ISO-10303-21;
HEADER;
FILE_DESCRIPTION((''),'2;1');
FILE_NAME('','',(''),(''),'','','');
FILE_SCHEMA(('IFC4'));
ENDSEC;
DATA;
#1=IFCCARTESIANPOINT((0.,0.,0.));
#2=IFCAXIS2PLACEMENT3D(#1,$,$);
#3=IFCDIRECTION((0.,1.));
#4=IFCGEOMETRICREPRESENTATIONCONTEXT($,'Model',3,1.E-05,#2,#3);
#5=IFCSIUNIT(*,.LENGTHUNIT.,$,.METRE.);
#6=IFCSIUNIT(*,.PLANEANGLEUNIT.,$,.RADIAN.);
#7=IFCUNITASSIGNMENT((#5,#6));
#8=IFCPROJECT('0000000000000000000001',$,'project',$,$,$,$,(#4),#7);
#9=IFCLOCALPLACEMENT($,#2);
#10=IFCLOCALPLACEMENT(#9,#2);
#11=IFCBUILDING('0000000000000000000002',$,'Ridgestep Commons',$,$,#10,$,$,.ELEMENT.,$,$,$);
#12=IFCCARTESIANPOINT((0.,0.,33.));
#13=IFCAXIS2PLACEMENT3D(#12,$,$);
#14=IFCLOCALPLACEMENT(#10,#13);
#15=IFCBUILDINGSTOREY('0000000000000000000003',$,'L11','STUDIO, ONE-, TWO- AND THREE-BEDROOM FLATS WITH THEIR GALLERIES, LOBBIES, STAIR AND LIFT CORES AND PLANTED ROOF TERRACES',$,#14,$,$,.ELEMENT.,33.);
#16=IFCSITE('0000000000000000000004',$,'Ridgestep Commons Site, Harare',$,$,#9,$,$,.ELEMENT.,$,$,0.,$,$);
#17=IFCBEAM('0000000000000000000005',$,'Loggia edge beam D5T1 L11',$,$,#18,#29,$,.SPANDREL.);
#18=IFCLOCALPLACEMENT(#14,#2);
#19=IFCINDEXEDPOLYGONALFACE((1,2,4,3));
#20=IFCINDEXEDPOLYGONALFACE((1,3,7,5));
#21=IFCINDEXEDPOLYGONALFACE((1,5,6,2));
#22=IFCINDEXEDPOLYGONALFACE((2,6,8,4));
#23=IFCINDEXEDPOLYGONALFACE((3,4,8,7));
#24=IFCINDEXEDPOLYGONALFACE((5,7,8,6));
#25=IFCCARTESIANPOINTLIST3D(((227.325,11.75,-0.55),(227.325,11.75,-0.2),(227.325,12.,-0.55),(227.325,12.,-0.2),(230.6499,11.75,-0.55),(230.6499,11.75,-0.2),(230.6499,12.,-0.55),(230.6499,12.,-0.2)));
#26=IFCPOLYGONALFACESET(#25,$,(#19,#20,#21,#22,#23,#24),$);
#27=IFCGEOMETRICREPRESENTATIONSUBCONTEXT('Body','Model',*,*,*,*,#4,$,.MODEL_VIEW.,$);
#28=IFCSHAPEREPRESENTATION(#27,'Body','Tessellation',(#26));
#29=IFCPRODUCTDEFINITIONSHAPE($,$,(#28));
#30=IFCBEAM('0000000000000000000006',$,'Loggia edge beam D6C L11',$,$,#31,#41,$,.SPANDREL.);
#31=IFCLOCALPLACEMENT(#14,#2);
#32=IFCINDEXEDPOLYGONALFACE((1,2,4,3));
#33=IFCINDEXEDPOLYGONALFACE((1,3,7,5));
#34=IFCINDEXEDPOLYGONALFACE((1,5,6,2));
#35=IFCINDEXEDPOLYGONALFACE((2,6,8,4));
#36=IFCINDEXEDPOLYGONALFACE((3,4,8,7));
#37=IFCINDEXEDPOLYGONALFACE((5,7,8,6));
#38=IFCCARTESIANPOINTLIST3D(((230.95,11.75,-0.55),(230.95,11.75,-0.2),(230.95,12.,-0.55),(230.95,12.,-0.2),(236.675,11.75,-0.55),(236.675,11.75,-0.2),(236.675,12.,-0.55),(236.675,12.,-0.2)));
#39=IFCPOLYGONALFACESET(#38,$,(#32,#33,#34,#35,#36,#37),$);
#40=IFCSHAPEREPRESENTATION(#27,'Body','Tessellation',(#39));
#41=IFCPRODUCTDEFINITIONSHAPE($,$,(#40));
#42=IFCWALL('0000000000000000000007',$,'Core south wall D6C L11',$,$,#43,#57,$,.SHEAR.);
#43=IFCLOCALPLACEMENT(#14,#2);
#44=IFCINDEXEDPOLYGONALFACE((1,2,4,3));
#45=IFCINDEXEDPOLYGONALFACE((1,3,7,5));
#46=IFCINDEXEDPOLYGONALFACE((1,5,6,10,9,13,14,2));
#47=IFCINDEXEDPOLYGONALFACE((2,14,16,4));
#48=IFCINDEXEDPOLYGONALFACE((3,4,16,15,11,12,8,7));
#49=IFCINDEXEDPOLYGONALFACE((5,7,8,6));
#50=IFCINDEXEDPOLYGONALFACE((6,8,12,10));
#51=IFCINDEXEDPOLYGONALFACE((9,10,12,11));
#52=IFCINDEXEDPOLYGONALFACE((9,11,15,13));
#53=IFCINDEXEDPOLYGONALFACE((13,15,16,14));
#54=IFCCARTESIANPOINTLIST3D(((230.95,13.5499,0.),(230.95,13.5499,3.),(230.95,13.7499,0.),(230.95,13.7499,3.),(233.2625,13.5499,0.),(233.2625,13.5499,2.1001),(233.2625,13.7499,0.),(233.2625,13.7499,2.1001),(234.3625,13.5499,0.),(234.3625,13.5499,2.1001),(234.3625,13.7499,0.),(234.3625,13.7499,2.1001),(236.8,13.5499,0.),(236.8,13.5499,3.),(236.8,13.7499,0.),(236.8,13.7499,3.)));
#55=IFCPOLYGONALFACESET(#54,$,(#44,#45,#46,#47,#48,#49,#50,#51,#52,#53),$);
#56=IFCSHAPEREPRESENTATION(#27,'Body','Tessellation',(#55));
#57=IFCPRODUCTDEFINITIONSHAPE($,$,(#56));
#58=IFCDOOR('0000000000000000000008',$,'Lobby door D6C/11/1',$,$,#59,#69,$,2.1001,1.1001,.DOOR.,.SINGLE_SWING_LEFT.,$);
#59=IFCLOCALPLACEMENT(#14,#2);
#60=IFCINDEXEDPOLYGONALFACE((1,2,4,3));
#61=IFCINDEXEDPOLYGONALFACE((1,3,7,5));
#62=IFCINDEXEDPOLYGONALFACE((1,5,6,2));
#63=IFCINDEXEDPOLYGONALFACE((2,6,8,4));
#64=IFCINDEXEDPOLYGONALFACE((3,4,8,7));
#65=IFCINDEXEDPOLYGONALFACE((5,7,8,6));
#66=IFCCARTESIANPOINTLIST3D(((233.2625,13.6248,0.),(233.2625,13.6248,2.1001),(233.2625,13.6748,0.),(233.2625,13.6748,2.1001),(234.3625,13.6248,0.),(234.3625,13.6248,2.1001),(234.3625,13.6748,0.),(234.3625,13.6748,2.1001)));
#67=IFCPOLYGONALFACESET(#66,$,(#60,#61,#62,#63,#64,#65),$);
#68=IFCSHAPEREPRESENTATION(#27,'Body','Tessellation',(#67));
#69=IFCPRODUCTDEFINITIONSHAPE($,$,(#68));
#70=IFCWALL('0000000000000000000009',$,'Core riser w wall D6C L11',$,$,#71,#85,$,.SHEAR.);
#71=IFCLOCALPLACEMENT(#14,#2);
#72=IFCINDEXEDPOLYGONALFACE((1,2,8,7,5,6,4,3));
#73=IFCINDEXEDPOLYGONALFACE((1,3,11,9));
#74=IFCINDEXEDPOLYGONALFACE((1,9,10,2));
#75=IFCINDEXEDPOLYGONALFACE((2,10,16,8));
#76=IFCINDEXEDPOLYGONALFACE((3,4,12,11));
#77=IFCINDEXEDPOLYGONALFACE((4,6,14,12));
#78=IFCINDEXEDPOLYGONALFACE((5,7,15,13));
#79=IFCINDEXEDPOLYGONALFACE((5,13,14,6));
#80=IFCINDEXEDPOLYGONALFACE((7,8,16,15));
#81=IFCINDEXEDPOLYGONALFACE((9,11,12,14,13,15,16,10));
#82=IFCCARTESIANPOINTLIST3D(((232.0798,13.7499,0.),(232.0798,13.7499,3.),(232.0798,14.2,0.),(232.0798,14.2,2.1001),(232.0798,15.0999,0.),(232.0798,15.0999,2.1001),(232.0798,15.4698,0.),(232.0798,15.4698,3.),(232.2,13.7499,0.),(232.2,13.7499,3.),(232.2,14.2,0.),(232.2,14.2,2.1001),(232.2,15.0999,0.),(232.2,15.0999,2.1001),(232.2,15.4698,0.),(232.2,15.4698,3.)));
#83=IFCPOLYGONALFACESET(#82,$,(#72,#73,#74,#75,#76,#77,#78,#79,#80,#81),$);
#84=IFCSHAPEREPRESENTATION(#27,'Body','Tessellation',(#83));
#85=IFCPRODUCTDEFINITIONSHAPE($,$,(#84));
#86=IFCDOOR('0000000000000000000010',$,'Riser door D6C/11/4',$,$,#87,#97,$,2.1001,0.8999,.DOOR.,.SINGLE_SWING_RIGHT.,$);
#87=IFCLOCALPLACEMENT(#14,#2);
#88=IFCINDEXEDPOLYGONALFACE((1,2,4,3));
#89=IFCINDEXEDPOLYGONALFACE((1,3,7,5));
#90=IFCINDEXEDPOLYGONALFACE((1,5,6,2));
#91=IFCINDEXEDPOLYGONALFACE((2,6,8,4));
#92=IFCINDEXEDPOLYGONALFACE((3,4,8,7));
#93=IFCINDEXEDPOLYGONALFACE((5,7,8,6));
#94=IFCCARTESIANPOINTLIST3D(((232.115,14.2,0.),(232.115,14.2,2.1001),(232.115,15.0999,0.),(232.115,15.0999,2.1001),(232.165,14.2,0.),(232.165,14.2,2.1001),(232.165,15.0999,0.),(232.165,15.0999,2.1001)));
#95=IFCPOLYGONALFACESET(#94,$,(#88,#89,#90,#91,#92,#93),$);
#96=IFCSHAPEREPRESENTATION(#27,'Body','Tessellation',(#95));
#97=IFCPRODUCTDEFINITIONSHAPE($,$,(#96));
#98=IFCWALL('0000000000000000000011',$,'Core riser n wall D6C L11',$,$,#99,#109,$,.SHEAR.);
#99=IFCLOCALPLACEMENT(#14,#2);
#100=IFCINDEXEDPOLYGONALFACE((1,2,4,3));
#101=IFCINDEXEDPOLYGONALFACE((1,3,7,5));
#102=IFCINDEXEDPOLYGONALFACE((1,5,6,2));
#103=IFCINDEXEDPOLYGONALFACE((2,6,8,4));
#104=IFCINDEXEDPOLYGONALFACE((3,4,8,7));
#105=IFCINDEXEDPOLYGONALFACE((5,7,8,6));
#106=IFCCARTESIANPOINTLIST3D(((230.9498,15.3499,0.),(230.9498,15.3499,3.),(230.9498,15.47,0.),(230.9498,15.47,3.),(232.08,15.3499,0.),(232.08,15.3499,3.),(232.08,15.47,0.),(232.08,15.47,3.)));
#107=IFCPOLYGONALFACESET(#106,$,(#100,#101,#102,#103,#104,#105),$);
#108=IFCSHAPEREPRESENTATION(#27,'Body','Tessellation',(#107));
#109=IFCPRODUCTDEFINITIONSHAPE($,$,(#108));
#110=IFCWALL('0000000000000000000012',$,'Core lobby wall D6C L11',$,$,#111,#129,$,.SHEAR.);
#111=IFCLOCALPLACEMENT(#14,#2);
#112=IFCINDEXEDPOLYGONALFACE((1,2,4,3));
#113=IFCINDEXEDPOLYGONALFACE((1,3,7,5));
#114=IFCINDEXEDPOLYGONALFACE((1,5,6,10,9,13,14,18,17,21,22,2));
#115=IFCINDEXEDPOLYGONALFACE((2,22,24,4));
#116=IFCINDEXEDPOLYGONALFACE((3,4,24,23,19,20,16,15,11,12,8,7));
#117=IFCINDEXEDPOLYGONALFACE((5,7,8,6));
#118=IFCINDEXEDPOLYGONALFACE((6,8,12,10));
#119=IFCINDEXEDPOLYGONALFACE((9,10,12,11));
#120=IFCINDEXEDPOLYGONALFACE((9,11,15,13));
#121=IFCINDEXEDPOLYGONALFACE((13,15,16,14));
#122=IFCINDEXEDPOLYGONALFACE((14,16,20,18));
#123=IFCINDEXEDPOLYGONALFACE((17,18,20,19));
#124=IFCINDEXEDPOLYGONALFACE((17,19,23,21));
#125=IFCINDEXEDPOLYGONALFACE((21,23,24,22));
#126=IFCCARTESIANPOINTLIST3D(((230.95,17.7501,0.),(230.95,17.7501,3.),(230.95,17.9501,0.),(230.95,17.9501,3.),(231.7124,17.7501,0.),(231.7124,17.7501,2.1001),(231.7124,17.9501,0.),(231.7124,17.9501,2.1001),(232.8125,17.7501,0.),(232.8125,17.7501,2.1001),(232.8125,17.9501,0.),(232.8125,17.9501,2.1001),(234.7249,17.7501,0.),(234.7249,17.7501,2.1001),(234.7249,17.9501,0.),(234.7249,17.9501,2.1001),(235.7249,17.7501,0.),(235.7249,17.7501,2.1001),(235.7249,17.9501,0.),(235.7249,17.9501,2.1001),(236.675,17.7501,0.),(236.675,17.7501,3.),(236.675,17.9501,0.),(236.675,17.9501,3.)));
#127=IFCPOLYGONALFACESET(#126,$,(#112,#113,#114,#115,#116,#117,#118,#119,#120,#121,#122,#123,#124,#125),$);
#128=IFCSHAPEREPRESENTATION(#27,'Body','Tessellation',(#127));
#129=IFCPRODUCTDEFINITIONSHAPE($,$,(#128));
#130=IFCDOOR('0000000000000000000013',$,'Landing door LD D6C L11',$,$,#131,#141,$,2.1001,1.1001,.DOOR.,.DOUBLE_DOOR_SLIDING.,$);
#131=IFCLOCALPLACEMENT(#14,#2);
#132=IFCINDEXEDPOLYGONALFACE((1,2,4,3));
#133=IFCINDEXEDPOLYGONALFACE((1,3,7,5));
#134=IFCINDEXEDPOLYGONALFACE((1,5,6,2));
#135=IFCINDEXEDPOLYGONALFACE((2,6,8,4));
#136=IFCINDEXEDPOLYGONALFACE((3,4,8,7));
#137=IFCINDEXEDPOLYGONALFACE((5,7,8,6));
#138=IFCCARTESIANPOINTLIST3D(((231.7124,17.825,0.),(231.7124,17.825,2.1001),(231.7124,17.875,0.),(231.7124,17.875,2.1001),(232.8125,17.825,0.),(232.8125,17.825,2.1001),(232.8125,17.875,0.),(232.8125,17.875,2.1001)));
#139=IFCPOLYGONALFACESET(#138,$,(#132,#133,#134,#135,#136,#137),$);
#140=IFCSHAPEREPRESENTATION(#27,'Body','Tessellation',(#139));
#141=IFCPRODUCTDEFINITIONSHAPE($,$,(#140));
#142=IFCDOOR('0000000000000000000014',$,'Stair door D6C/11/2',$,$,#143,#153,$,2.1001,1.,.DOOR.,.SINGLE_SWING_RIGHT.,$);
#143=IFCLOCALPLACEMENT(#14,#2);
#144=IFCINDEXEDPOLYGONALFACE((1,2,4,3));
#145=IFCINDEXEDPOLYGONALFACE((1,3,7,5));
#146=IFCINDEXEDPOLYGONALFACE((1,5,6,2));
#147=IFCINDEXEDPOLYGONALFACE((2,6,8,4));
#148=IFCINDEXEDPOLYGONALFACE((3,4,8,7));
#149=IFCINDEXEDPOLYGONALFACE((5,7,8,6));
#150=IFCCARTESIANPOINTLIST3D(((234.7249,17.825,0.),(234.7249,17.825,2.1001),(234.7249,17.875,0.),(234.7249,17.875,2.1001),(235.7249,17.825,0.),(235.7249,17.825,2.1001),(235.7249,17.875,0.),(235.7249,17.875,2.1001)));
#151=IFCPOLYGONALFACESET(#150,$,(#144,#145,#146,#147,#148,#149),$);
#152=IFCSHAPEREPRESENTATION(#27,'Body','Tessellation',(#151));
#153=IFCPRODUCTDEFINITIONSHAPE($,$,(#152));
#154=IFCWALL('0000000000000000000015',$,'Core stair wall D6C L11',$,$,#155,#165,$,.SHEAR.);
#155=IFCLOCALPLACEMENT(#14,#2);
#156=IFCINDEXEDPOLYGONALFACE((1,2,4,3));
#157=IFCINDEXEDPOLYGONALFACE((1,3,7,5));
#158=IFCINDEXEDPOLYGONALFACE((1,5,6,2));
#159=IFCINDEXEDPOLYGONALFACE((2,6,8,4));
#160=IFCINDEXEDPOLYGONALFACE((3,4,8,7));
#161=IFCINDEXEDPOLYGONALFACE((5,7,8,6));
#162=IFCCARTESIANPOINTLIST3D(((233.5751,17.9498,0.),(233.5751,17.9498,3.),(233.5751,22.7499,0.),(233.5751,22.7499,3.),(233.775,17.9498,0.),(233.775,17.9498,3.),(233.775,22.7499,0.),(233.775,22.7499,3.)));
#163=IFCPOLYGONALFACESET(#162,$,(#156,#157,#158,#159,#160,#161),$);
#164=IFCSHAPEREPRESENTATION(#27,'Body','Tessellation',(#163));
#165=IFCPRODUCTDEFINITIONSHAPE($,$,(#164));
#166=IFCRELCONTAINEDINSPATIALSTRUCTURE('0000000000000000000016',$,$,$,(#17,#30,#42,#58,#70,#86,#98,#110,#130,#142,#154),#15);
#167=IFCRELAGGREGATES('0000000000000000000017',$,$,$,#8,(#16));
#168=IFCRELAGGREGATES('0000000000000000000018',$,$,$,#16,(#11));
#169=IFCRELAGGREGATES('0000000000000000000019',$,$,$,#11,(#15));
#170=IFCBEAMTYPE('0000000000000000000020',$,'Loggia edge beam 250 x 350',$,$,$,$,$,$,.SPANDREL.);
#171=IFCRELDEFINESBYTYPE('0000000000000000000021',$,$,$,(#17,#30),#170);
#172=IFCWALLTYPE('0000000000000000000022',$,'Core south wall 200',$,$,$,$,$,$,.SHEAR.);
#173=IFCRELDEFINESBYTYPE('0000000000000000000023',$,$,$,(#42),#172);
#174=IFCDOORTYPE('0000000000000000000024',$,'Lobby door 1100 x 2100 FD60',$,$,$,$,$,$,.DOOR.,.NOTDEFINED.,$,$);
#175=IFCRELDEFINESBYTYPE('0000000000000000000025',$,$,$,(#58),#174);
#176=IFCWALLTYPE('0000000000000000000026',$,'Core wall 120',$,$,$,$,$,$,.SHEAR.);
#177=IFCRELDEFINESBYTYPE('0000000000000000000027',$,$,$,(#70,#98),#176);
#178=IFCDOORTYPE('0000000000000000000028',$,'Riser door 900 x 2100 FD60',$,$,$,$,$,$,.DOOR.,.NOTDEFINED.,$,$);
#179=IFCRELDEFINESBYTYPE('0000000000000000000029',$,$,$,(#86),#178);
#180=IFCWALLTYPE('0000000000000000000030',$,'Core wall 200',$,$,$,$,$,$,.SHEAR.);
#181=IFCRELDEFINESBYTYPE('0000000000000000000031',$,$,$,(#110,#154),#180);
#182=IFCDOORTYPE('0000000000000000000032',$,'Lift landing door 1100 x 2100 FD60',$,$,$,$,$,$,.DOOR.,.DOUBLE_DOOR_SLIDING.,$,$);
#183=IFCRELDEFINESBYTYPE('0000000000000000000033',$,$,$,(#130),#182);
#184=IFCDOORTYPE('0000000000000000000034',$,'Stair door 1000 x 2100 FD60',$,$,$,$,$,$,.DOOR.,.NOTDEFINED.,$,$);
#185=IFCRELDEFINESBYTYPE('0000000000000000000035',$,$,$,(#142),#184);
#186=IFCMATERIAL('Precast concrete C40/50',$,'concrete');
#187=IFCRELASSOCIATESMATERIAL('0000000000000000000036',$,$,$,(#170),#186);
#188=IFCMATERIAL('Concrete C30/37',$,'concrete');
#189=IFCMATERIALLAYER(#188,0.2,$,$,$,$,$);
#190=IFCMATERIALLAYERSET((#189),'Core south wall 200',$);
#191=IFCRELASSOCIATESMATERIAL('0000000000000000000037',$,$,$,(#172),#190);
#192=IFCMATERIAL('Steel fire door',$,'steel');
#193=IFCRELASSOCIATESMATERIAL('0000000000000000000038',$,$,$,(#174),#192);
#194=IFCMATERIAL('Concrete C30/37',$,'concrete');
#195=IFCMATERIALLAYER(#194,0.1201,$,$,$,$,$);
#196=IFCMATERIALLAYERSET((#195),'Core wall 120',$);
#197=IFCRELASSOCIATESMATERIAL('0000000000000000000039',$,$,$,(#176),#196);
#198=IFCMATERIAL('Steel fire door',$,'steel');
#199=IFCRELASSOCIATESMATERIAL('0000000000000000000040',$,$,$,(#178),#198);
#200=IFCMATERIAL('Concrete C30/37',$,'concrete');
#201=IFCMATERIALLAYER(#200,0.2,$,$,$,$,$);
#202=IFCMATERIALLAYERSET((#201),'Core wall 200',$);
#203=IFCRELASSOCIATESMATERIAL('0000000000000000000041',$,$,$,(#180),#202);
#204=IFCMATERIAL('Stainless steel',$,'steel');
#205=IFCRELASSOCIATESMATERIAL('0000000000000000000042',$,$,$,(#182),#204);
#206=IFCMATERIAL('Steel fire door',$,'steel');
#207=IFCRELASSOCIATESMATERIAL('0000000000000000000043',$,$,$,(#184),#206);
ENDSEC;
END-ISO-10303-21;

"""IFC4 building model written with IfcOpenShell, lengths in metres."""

from ifc_helpers import new_model, si_unit, direction, frame, frame_2d, origin, origin_2d, place, context, subcontext, project, spatial, rectangle, extrude, material, layer, layer_set, material_profile, profile_set, type_object, element, fill, save


model = new_model("IFC4")

# Units and contexts
model_context = context("Model", 3, precision=1e-05, world=origin(), true_north=direction((0.0, 1.0)))
body_context = subcontext(model_context, "Body", "Model", "MODEL_VIEW")
ifc_project = project(units=[si_unit("LENGTHUNIT", "METRE"), si_unit("PLANEANGLEUNIT", "RADIAN")], contexts=[model_context])

# Site, building, storey
site_placement = place(None, origin())
site = spatial("IfcSite", under=ifc_project, at=site_placement, Name="Ridgestep Commons Site, Harare", CompositionType="ELEMENT", RefElevation=0.0)
building_placement = place(site_placement, origin())
building = spatial("IfcBuilding", under=site, at=building_placement, Name="Ridgestep Commons", CompositionType="ELEMENT")
storey_placement = place(building_placement, frame((0.0, 0.0, 33.0)))
storey = spatial("IfcBuildingStorey", under=building, at=storey_placement, Name="L11", Description="STUDIO, ONE-, TWO- AND THREE-BEDROOM FLATS WITH THEIR GALLERIES, LOBBIES, STAIR AND LIFT CORES AND PLANTED ROOF TERRACES", CompositionType="ELEMENT", Elevation=33.0)

# Beams
ifc_material_1 = material(Name="Precast concrete C40/50", Category="concrete")
ifc_material_profile = material_profile(ifc_material_1, rectangle(XDim=0.25, YDim=0.3501, at=origin_2d()), Name="PC 250x350")
ifc_profile_set = profile_set([ifc_material_profile], Name="Precast concrete C40/50")
beam_type = type_object("IfcBeamType", Name="Loggia edge beam 250 x 350", PredefinedType="SPANDREL", material=ifc_profile_set)
beam_1_placement = place(storey_placement, frame((227.325, 11.875, -0.375), z_axis=(1.0, 0.0, 0.0), x_axis=(0.0, 1.0, 0.0)))
element("IfcBeam", 1, at=beam_1_placement, inside=storey, type_object=beam_type, Name="Loggia edge beam D5T1 L11", PredefinedType="SPANDREL", context=body_context, shape_type="SweptSolid", body=[
    extrude(rectangle(XDim=0.25, YDim=0.3501, at=origin_2d()), origin(), (0.0, 0.0, 1.0), 3.325),
])
beam_2_placement = place(storey_placement, frame((230.95, 11.875, -0.375), z_axis=(1.0, 0.0, 0.0), x_axis=(0.0, 1.0, 0.0)))
element("IfcBeam", 2, at=beam_2_placement, inside=storey, type_object=beam_type, Name="Loggia edge beam D6C L11", PredefinedType="SPANDREL", context=body_context, shape_type="SweptSolid", body=[
    extrude(rectangle(XDim=0.25, YDim=0.3501, at=origin_2d()), origin(), (0.0, 0.0, 1.0), 5.7251),
])

# Walls, openings, doors
ifc_material_2 = material(Name="Concrete C30/37", Category="concrete")
ifc_layer_1 = layer(ifc_material_2, 0.2)
ifc_layer_set_1 = layer_set([ifc_layer_1], Name="Core south wall 200")
wall_type_1 = type_object("IfcWallType", Name="Core south wall 200", PredefinedType="SHEAR", material=ifc_layer_set_1)
wall_1_placement = place(storey_placement, frame((230.95, 13.6499, 0.0), z_axis=(0.0, 0.0, 1.0), x_axis=(1.0, 0.0, 0.0)))
wall_1 = element("IfcWall", 3, at=wall_1_placement, inside=storey, type_object=wall_type_1, Name="Core south wall D6C L11", PredefinedType="SHEAR", context=body_context, shape_type="SweptSolid", body=[
    extrude(rectangle(XDim=5.8501, YDim=0.2, at=frame_2d((2.925, 0.0))), origin(), (0.0, 0.0, 1.0), 3.0),
])
opening_1_placement = place(wall_1_placement, frame((2.3125, 0.0, 0.0)))
opening_1 = element("IfcOpeningElement", 4, at=opening_1_placement, cuts=wall_1, PredefinedType="OPENING", context=body_context, shape_type="SweptSolid", body=[
    extrude(rectangle(XDim=1.1001, YDim=2.1001, at=frame_2d((0.55, 1.05))), frame((0.0, 0.1099, 0.0), z_axis=(0.0, -1.0, 0.0), x_axis=(1.0, 0.0, 0.0)), (0.0, 0.0, 1.0), 0.22),
])
ifc_material_3 = material(Name="Steel fire door", Category="steel")
door_type_1 = type_object("IfcDoorType", Name="Lobby door 1100 x 2100 FD60", OperationType="NOTDEFINED", PredefinedType="DOOR", material=ifc_material_3)
door_1_placement = place(opening_1_placement, origin())
door_1 = element("IfcDoor", 5, at=door_1_placement, inside=storey, type_object=door_type_1, Name="Lobby door D6C/11/1", OperationType="SINGLE_SWING_LEFT", OverallHeight=2.1001, OverallWidth=1.1001, PredefinedType="DOOR", context=body_context, shape_type="SweptSolid", body=[
    extrude(rectangle(XDim=1.1001, YDim=2.1001, at=frame_2d((0.55, 1.05))), frame((0.0, 0.0249, 0.0), z_axis=(0.0, -1.0, 0.0), x_axis=(1.0, 0.0, 0.0)), (0.0, 0.0, 1.0), 0.05),
])
fill(opening_1, door_1)
ifc_material_4 = material(Name="Concrete C30/37", Category="concrete")
ifc_layer_2 = layer(ifc_material_4, 0.1201)
ifc_layer_set_2 = layer_set([ifc_layer_2], Name="Core wall 120")
wall_type_2 = type_object("IfcWallType", Name="Core wall 120", PredefinedType="SHEAR", material=ifc_layer_set_2)
wall_2_placement = place(storey_placement, frame((232.1399, 13.75, 0.0), z_axis=(0.0, 0.0, 1.0), x_axis=(0.0, 1.0, 0.0)))
wall_2 = element("IfcWall", 6, at=wall_2_placement, inside=storey, type_object=wall_type_2, Name="Core riser w wall D6C L11", PredefinedType="SHEAR", context=body_context, shape_type="SweptSolid", body=[
    extrude(rectangle(XDim=1.72, YDim=0.1201, at=frame_2d((0.8599, 0.0))), origin(), (0.0, 0.0, 1.0), 3.0),
])
opening_2_placement = place(wall_2_placement, frame((0.45, 0.0, 0.0)))
opening_2 = element("IfcOpeningElement", 7, at=opening_2_placement, cuts=wall_2, PredefinedType="OPENING", context=body_context, shape_type="SweptSolid", body=[
    extrude(rectangle(XDim=0.8999, YDim=2.1001, at=frame_2d((0.45, 1.05))), frame((0.0, 0.0701, 0.0), z_axis=(0.0, -1.0, 0.0), x_axis=(1.0, 0.0, 0.0)), (0.0, 0.0, 1.0), 0.1401),
])
ifc_material_5 = material(Name="Steel fire door", Category="steel")
door_type_2 = type_object("IfcDoorType", Name="Riser door 900 x 2100 FD60", OperationType="NOTDEFINED", PredefinedType="DOOR", material=ifc_material_5)
door_2_placement = place(opening_2_placement, origin())
door_2 = element("IfcDoor", 8, at=door_2_placement, inside=storey, type_object=door_type_2, Name="Riser door D6C/11/4", OperationType="SINGLE_SWING_RIGHT", OverallHeight=2.1001, OverallWidth=0.8999, PredefinedType="DOOR", context=body_context, shape_type="SweptSolid", body=[
    extrude(rectangle(XDim=0.8999, YDim=2.1001, at=frame_2d((0.45, 1.05))), frame((0.0, 0.0249, 0.0), z_axis=(0.0, -1.0, 0.0), x_axis=(1.0, 0.0, 0.0)), (0.0, 0.0, 1.0), 0.05),
])
fill(opening_2, door_2)

# Wall
wall_3_placement = place(storey_placement, frame((230.95, 15.4099, 0.0), z_axis=(0.0, 0.0, 1.0), x_axis=(1.0, 0.0, 0.0)))
element("IfcWall", 9, at=wall_3_placement, inside=storey, type_object=wall_type_2, Name="Core riser n wall D6C L11", PredefinedType="SHEAR", context=body_context, shape_type="SweptSolid", body=[
    extrude(rectangle(XDim=1.1301, YDim=0.1201, at=frame_2d((0.5649, 0.0))), origin(), (0.0, 0.0, 1.0), 3.0),
])

# Wall, openings, doors
ifc_material_6 = material(Name="Concrete C30/37", Category="concrete")
ifc_layer_3 = layer(ifc_material_6, 0.2)
ifc_layer_set_3 = layer_set([ifc_layer_3], Name="Core wall 200")
wall_type_3 = type_object("IfcWallType", Name="Core wall 200", PredefinedType="SHEAR", material=ifc_layer_set_3)
wall_4_placement = place(storey_placement, frame((230.95, 17.8501, 0.0), z_axis=(0.0, 0.0, 1.0), x_axis=(1.0, 0.0, 0.0)))
wall_4 = element("IfcWall", 10, at=wall_4_placement, inside=storey, type_object=wall_type_3, Name="Core lobby wall D6C L11", PredefinedType="SHEAR", context=body_context, shape_type="SweptSolid", body=[
    extrude(rectangle(XDim=5.7251, YDim=0.2, at=frame_2d((2.8625, 0.0))), origin(), (0.0, 0.0, 1.0), 3.0),
])
opening_3_placement = place(wall_4_placement, frame((3.7749, 0.0, 0.0)))
opening_3 = element("IfcOpeningElement", 11, at=opening_3_placement, cuts=wall_4, PredefinedType="OPENING", context=body_context, shape_type="SweptSolid", body=[
    extrude(rectangle(XDim=1.0, YDim=2.1001, at=frame_2d((0.5, 1.05))), frame((0.0, 0.1099, 0.0), z_axis=(0.0, -1.0, 0.0), x_axis=(1.0, 0.0, 0.0)), (0.0, 0.0, 1.0), 0.22),
])
opening_4_placement = place(wall_4_placement, frame((0.7625, 0.0, 0.0)))
opening_4 = element("IfcOpeningElement", 12, at=opening_4_placement, cuts=wall_4, PredefinedType="OPENING", context=body_context, shape_type="SweptSolid", body=[
    extrude(rectangle(XDim=1.1001, YDim=2.1001, at=frame_2d((0.55, 1.05))), frame((0.0, 0.1099, 0.0), z_axis=(0.0, -1.0, 0.0), x_axis=(1.0, 0.0, 0.0)), (0.0, 0.0, 1.0), 0.22),
])
ifc_material_7 = material(Name="Stainless steel", Category="steel")
door_type_3 = type_object("IfcDoorType", Name="Lift landing door 1100 x 2100 FD60", OperationType="DOUBLE_DOOR_SLIDING", PredefinedType="DOOR", material=ifc_material_7)
door_3_placement = place(opening_4_placement, origin())
door_3 = element("IfcDoor", 13, at=door_3_placement, inside=storey, type_object=door_type_3, Name="Landing door LD D6C L11", OperationType="DOUBLE_DOOR_SLIDING", OverallHeight=2.1001, OverallWidth=1.1001, PredefinedType="DOOR", context=body_context, shape_type="SweptSolid", body=[
    extrude(rectangle(XDim=1.1001, YDim=2.1001, at=frame_2d((0.55, 1.05))), frame((0.0, 0.0249, 0.0), z_axis=(0.0, -1.0, 0.0), x_axis=(1.0, 0.0, 0.0)), (0.0, 0.0, 1.0), 0.05),
])
fill(opening_4, door_3)
ifc_material_8 = material(Name="Steel fire door", Category="steel")
door_type_4 = type_object("IfcDoorType", Name="Stair door 1000 x 2100 FD60", OperationType="NOTDEFINED", PredefinedType="DOOR", material=ifc_material_8)
door_4_placement = place(opening_3_placement, origin())
door_4 = element("IfcDoor", 14, at=door_4_placement, inside=storey, type_object=door_type_4, Name="Stair door D6C/11/2", OperationType="SINGLE_SWING_RIGHT", OverallHeight=2.1001, OverallWidth=1.0, PredefinedType="DOOR", context=body_context, shape_type="SweptSolid", body=[
    extrude(rectangle(XDim=1.0, YDim=2.1001, at=frame_2d((0.5, 1.05))), frame((0.0, 0.0249, 0.0), z_axis=(0.0, -1.0, 0.0), x_axis=(1.0, 0.0, 0.0)), (0.0, 0.0, 1.0), 0.05),
])
fill(opening_3, door_4)

# Wall
wall_5_placement = place(storey_placement, frame((233.675, 17.95, 0.0), z_axis=(0.0, 0.0, 1.0), x_axis=(0.0, 1.0, 0.0)))
element("IfcWall", 15, at=wall_5_placement, inside=storey, type_object=wall_type_3, Name="Core stair wall D6C L11", PredefinedType="SHEAR", context=body_context, shape_type="SweptSolid", body=[
    extrude(rectangle(XDim=4.8, YDim=0.2, at=frame_2d((2.3999, 0.0))), origin(), (0.0, 0.0, 1.0), 3.0),
])

save(model, "model.ifc")
